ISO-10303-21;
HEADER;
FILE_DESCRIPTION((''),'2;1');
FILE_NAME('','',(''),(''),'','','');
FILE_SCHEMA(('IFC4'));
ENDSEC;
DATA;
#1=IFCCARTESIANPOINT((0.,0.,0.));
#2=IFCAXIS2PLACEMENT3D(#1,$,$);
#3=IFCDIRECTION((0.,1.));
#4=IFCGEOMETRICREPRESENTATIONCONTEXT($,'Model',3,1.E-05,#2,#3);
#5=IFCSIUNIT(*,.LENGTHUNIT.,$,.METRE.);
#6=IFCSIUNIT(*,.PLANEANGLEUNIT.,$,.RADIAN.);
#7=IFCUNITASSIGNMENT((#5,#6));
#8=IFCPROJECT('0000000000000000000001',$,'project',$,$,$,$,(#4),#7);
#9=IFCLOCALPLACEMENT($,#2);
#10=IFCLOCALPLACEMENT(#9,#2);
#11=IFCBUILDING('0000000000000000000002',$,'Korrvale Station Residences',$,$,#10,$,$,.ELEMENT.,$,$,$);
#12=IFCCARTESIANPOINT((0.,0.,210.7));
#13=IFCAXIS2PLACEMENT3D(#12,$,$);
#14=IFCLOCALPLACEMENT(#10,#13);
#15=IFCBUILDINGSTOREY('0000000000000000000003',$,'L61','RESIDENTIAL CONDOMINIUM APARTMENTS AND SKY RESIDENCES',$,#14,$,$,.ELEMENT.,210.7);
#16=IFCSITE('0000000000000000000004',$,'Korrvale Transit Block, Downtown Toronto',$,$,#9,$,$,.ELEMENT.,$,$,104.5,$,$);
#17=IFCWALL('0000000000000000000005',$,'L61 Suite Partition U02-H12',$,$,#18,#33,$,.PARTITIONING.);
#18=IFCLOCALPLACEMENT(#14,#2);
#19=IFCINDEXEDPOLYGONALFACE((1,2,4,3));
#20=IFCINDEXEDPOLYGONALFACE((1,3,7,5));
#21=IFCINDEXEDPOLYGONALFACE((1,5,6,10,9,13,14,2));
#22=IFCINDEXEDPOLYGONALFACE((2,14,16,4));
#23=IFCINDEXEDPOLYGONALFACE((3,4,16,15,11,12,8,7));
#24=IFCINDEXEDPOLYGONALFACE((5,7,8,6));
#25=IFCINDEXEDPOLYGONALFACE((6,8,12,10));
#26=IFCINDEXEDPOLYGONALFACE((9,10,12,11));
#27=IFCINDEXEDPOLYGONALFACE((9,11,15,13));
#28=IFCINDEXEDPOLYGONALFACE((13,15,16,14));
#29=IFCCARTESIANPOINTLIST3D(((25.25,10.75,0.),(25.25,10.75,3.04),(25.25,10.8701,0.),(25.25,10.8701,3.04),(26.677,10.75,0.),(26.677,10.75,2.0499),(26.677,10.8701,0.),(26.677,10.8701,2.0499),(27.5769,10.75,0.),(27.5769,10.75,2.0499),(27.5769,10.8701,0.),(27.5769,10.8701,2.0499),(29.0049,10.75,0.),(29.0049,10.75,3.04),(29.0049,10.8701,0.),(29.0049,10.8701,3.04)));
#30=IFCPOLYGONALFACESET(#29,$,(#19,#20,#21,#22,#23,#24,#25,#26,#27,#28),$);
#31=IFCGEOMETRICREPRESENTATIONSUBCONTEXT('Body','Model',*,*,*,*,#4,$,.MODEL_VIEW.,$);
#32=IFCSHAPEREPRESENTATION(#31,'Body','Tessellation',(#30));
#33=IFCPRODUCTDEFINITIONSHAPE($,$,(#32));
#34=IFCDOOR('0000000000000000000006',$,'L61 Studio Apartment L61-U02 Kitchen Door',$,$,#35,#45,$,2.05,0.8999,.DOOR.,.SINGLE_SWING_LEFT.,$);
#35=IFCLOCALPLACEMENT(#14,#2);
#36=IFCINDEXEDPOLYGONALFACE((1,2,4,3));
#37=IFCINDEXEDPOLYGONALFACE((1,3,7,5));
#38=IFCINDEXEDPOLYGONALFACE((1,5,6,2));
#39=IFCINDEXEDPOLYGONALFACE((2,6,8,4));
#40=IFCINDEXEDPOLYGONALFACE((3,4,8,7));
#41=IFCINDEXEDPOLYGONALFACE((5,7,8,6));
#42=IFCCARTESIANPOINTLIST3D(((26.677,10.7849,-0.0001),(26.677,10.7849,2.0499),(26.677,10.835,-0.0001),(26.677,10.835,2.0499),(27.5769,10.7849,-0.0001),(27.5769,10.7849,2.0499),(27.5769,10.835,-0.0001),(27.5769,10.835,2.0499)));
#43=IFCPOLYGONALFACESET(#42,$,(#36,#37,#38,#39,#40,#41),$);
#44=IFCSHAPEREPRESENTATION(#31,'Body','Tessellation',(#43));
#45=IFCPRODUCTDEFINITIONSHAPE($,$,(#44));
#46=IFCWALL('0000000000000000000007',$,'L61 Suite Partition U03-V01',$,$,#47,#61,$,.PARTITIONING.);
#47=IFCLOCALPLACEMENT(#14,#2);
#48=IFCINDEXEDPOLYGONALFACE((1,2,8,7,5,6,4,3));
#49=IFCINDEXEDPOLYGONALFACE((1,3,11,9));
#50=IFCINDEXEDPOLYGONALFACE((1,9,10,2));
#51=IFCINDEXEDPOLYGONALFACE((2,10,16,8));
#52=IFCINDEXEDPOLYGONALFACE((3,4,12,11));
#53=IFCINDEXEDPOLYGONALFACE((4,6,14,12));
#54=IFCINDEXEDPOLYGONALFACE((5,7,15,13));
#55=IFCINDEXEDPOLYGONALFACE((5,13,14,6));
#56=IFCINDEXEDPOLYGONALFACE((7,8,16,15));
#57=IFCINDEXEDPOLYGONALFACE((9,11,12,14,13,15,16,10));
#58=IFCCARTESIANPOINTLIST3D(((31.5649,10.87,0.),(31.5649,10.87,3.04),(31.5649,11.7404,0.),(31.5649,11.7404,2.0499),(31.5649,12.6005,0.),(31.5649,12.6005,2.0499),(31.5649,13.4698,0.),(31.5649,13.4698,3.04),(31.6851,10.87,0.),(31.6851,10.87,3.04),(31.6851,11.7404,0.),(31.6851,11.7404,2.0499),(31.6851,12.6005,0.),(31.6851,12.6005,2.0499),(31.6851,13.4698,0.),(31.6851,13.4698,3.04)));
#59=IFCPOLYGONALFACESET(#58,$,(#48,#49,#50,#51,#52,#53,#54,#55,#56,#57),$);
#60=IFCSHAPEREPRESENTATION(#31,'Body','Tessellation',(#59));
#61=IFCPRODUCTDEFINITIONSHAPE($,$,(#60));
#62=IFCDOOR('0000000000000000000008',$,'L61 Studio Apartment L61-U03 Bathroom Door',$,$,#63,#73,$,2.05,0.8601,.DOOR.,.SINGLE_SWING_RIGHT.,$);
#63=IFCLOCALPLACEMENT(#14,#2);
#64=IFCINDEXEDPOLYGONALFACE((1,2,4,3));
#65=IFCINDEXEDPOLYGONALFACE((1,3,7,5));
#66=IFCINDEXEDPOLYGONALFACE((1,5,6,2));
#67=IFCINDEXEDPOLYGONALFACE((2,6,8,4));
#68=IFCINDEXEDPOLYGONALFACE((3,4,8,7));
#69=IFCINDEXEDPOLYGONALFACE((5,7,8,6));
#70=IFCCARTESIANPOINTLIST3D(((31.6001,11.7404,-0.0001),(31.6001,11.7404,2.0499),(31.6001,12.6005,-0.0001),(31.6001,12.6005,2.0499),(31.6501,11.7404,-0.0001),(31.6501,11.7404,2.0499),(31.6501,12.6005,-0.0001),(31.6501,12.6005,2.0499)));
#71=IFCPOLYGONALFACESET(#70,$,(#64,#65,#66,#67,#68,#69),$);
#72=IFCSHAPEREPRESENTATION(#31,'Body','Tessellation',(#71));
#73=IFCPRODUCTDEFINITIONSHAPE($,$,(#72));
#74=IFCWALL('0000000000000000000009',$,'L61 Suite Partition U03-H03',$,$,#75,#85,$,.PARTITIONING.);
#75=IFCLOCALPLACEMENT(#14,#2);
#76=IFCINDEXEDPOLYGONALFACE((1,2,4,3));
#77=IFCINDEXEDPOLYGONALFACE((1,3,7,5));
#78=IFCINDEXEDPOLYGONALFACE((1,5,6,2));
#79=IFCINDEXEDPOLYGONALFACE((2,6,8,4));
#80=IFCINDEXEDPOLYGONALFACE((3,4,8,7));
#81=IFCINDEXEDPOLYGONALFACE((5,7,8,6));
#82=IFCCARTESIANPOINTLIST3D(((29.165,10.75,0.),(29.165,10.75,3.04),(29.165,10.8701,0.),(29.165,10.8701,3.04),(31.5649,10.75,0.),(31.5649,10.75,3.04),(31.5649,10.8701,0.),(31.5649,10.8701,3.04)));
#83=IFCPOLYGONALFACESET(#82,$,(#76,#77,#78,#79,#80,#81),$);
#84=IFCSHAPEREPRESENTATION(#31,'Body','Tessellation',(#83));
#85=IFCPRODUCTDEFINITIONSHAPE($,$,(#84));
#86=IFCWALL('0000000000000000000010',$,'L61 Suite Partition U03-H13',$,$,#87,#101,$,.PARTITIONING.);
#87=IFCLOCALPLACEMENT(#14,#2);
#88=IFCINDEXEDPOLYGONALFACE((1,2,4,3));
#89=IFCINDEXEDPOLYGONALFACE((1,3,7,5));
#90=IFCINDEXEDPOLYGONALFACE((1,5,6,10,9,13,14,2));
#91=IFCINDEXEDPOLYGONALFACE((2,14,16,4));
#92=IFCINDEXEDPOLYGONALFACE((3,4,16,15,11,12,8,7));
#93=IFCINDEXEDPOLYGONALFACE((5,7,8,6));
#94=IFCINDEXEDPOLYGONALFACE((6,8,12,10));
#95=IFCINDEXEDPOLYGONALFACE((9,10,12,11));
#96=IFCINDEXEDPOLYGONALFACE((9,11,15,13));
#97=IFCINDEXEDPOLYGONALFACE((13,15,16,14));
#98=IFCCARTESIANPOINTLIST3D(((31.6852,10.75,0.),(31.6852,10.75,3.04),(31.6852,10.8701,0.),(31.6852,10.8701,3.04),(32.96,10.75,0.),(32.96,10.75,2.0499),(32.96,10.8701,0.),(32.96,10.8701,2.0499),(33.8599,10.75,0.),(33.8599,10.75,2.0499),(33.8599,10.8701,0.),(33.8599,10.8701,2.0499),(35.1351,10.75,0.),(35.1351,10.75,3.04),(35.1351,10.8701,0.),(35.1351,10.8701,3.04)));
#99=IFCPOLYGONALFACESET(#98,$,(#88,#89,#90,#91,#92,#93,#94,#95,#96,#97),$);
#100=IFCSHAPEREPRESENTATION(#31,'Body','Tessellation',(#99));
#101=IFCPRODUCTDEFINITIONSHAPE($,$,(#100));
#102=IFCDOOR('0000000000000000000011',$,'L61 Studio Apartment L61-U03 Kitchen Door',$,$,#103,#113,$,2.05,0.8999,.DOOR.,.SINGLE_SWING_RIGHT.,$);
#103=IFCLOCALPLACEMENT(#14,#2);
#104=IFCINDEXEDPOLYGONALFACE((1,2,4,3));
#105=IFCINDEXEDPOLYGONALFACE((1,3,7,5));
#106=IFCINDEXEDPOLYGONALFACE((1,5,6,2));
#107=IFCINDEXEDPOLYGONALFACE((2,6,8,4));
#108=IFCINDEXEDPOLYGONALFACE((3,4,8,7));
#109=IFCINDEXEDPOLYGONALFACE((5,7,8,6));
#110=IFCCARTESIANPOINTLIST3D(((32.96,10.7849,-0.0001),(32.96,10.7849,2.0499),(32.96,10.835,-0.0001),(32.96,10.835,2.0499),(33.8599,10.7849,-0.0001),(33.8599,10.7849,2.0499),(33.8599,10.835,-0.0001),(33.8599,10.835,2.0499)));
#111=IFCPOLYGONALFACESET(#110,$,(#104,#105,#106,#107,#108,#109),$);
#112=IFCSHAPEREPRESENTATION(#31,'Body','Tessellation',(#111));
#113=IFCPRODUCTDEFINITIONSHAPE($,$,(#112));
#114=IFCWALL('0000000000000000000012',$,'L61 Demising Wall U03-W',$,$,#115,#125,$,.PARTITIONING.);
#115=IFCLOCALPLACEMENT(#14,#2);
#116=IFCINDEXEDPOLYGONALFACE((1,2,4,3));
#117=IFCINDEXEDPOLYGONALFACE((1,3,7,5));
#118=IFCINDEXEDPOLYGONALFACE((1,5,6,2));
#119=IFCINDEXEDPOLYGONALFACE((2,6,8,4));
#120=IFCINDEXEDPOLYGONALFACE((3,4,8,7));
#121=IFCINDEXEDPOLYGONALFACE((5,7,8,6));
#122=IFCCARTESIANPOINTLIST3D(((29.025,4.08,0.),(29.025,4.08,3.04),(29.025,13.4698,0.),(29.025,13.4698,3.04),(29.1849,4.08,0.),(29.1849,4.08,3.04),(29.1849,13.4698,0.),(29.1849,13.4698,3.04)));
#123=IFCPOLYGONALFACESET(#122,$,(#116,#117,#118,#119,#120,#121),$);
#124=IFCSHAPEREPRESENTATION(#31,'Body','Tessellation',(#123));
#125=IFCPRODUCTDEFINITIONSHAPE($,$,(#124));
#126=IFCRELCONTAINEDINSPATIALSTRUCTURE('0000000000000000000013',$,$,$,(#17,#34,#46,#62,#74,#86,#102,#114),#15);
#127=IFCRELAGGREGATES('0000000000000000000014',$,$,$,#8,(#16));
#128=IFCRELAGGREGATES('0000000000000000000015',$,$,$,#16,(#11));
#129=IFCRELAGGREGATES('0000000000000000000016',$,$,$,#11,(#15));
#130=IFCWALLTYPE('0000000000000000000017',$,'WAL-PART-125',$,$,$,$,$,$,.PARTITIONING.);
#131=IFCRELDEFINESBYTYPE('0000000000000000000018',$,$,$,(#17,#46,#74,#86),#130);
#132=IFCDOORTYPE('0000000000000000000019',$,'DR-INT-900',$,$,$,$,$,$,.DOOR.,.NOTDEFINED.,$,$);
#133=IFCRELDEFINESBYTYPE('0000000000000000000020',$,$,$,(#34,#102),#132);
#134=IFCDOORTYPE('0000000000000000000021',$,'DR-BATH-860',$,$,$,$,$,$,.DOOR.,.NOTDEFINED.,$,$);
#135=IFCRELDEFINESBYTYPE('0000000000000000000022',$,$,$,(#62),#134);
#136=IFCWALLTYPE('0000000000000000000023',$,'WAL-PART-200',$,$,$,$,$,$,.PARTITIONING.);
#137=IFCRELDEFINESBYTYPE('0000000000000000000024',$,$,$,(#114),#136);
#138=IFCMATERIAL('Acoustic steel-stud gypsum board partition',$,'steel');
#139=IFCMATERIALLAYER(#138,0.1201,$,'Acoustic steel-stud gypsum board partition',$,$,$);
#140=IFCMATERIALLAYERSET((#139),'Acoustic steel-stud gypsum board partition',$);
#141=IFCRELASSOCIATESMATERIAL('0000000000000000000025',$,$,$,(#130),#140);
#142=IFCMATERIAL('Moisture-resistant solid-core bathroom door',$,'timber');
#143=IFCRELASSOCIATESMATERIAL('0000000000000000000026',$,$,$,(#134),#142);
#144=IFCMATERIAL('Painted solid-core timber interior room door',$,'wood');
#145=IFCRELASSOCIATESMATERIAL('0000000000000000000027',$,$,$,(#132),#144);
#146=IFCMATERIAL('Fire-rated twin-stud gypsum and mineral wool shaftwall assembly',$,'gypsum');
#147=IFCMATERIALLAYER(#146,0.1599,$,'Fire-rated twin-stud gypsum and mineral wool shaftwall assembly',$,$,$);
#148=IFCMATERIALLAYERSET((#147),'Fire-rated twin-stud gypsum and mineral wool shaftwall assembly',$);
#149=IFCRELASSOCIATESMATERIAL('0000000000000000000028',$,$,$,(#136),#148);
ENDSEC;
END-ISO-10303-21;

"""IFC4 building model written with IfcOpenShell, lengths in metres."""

from ifc_helpers import new_model, si_unit, direction, frame, frame_2d, origin, place, context, subcontext, project, spatial, rectangle, extrude, material, layer, layer_set, type_object, element, fill, save


model = new_model("IFC4")

# Units and contexts
model_context = context("Model", 3, precision=1e-05, world=origin(), true_north=direction((0.0, 1.0)))
body_context = subcontext(model_context, "Body", "Model", "MODEL_VIEW")
ifc_project = project(units=[si_unit("LENGTHUNIT", "METRE"), si_unit("PLANEANGLEUNIT", "RADIAN")], contexts=[model_context])

# Site, building, storey
site_placement = place(None, origin())
site = spatial("IfcSite", under=ifc_project, at=site_placement, Name="Korrvale Transit Block, Downtown Toronto", CompositionType="ELEMENT", RefElevation=104.5)
building_placement = place(site_placement, origin())
building = spatial("IfcBuilding", under=site, at=building_placement, Name="Korrvale Station Residences", CompositionType="ELEMENT")
storey_placement = place(building_placement, frame((0.0, 0.0, 210.7)))
storey = spatial("IfcBuildingStorey", under=building, at=storey_placement, Name="L61", Description="RESIDENTIAL CONDOMINIUM APARTMENTS AND SKY RESIDENCES", CompositionType="ELEMENT", Elevation=210.7)

# Walls, openings, doors
ifc_material_1 = material(Name="Acoustic steel-stud gypsum board partition", Category="steel")
ifc_layer_1 = layer(ifc_material_1, 0.1201, Name="Acoustic steel-stud gypsum board partition")
ifc_layer_set_1 = layer_set([ifc_layer_1], Name="Acoustic steel-stud gypsum board partition")
wall_type_1 = type_object("IfcWallType", Name="WAL-PART-125", PredefinedType="PARTITIONING", material=ifc_layer_set_1)
ifc_material_2 = material(Name="Moisture-resistant solid-core bathroom door", Category="timber")
door_type_1 = type_object("IfcDoorType", Name="DR-BATH-860", OperationType="NOTDEFINED", PredefinedType="DOOR", material=ifc_material_2)
wall_1_placement = place(storey_placement, frame((25.25, 10.8101, 0.0), z_axis=(0.0, 0.0, 1.0), x_axis=(1.0, 0.0, 0.0)))
wall_1 = element("IfcWall", 1, at=wall_1_placement, inside=storey, type_object=wall_type_1, Name="L61 Suite Partition U02-H12", PredefinedType="PARTITIONING", context=body_context, shape_type="SweptSolid", body=[
    extrude(rectangle(XDim=3.7549, YDim=0.1201, at=frame_2d((1.8774, 0.0))), origin(), (0.0, 0.0, 1.0), 3.04),
])
opening_1_placement = place(wall_1_placement, frame((1.427, 0.0, 0.0)))
opening_1 = element("IfcOpeningElement", 2, at=opening_1_placement, cuts=wall_1, PredefinedType="OPENING", context=body_context, shape_type="SweptSolid", body=[
    extrude(rectangle(XDim=0.8999, YDim=2.05, at=frame_2d((0.45, 1.0249))), frame((0.0, 0.0701, 0.0), z_axis=(0.0, -1.0, 0.0), x_axis=(1.0, 0.0, 0.0)), (0.0, 0.0, 1.0), 0.1401),
])
ifc_material_3 = material(Name="Painted solid-core timber interior room door", Category="wood")
door_type_2 = type_object("IfcDoorType", Name="DR-INT-900", OperationType="NOTDEFINED", PredefinedType="DOOR", material=ifc_material_3)
door_1_placement = place(opening_1_placement, origin())
door_1 = element("IfcDoor", 3, at=door_1_placement, inside=storey, type_object=door_type_2, Name="L61 Studio Apartment L61-U02 Kitchen Door", OperationType="SINGLE_SWING_LEFT", OverallHeight=2.05, OverallWidth=0.8999, PredefinedType="DOOR", context=body_context, shape_type="SweptSolid", body=[
    extrude(rectangle(XDim=0.8999, YDim=2.05, at=frame_2d((0.45, 1.0249))), frame((0.0, 0.0249, 0.0), z_axis=(0.0, -1.0, 0.0), x_axis=(1.0, 0.0, 0.0)), (0.0, 0.0, 1.0), 0.05),
])
fill(opening_1, door_1)
wall_2_placement = place(storey_placement, frame((31.625, 10.8701, 0.0), z_axis=(0.0, 0.0, 1.0), x_axis=(0.0, 1.0, 0.0)))
wall_2 = element("IfcWall", 4, at=wall_2_placement, inside=storey, type_object=wall_type_1, Name="L61 Suite Partition U03-V01", PredefinedType="PARTITIONING", context=body_context, shape_type="SweptSolid", body=[
    extrude(rectangle(XDim=2.5999, YDim=0.1201, at=frame_2d((1.2998, 0.0))), origin(), (0.0, 0.0, 1.0), 3.04),
])
opening_2_placement = place(wall_2_placement, frame((0.8701, 0.0, 0.0)))
opening_2 = element("IfcOpeningElement", 5, at=opening_2_placement, cuts=wall_2, PredefinedType="OPENING", context=body_context, shape_type="SweptSolid", body=[
    extrude(rectangle(XDim=0.8601, YDim=2.05, at=frame_2d((0.4302, 1.0249))), frame((0.0, 0.0701, 0.0), z_axis=(0.0, -1.0, 0.0), x_axis=(1.0, 0.0, 0.0)), (0.0, 0.0, 1.0), 0.1401),
])
door_2_placement = place(opening_2_placement, origin())
door_2 = element("IfcDoor", 6, at=door_2_placement, inside=storey, type_object=door_type_1, Name="L61 Studio Apartment L61-U03 Bathroom Door", OperationType="SINGLE_SWING_RIGHT", OverallHeight=2.05, OverallWidth=0.8601, PredefinedType="DOOR", context=body_context, shape_type="SweptSolid", body=[
    extrude(rectangle(XDim=0.8601, YDim=2.05, at=frame_2d((0.4302, 1.0249))), frame((0.0, 0.0249, 0.0), z_axis=(0.0, -1.0, 0.0), x_axis=(1.0, 0.0, 0.0)), (0.0, 0.0, 1.0), 0.05),
])
fill(opening_2, door_2)

# Wall
wall_3_placement = place(storey_placement, frame((29.165, 10.8101, 0.0), z_axis=(0.0, 0.0, 1.0), x_axis=(1.0, 0.0, 0.0)))
element("IfcWall", 7, at=wall_3_placement, inside=storey, type_object=wall_type_1, Name="L61 Suite Partition U03-H03", PredefinedType="PARTITIONING", context=body_context, shape_type="SweptSolid", body=[
    extrude(rectangle(XDim=2.3999, YDim=0.1201, at=frame_2d((1.2, 0.0))), origin(), (0.0, 0.0, 1.0), 3.04),
])

# Wall, opening, door
wall_4_placement = place(storey_placement, frame((31.6851, 10.8101, 0.0), z_axis=(0.0, 0.0, 1.0), x_axis=(1.0, 0.0, 0.0)))
wall_4 = element("IfcWall", 8, at=wall_4_placement, inside=storey, type_object=wall_type_1, Name="L61 Suite Partition U03-H13", PredefinedType="PARTITIONING", context=body_context, shape_type="SweptSolid", body=[
    extrude(rectangle(XDim=3.45, YDim=0.1201, at=frame_2d((1.7251, 0.0))), origin(), (0.0, 0.0, 1.0), 3.04),
])
opening_3_placement = place(wall_4_placement, frame((1.2749, 0.0, 0.0)))
opening_3 = element("IfcOpeningElement", 9, at=opening_3_placement, cuts=wall_4, PredefinedType="OPENING", context=body_context, shape_type="SweptSolid", body=[
    extrude(rectangle(XDim=0.8999, YDim=2.05, at=frame_2d((0.45, 1.0249))), frame((0.0, 0.0701, 0.0), z_axis=(0.0, -1.0, 0.0), x_axis=(1.0, 0.0, 0.0)), (0.0, 0.0, 1.0), 0.1401),
])
door_3_placement = place(opening_3_placement, origin())
door_3 = element("IfcDoor", 10, at=door_3_placement, inside=storey, type_object=door_type_2, Name="L61 Studio Apartment L61-U03 Kitchen Door", OperationType="SINGLE_SWING_RIGHT", OverallHeight=2.05, OverallWidth=0.8999, PredefinedType="DOOR", context=body_context, shape_type="SweptSolid", body=[
    extrude(rectangle(XDim=0.8999, YDim=2.05, at=frame_2d((0.45, 1.0249))), frame((0.0, 0.0249, 0.0), z_axis=(0.0, -1.0, 0.0), x_axis=(1.0, 0.0, 0.0)), (0.0, 0.0, 1.0), 0.05),
])
fill(opening_3, door_3)

# Wall
ifc_material_4 = material(Name="Fire-rated twin-stud gypsum and mineral wool shaftwall assembly", Category="gypsum")
ifc_layer_2 = layer(ifc_material_4, 0.1599, Name="Fire-rated twin-stud gypsum and mineral wool shaftwall assembly")
ifc_layer_set_2 = layer_set([ifc_layer_2], Name="Fire-rated twin-stud gypsum and mineral wool shaftwall assembly")
wall_type_2 = type_object("IfcWallType", Name="WAL-PART-200", PredefinedType="PARTITIONING", material=ifc_layer_set_2)
wall_5_placement = place(storey_placement, frame((29.105, 4.0801, 0.0), z_axis=(0.0, 0.0, 1.0), x_axis=(0.0, 1.0, 0.0)))
element("IfcWall", 11, at=wall_5_placement, inside=storey, type_object=wall_type_2, Name="L61 Demising Wall U03-W", PredefinedType="PARTITIONING", context=body_context, shape_type="SweptSolid", body=[
    extrude(rectangle(XDim=9.3899, YDim=0.1599, at=frame_2d((4.6948, 0.0))), origin(), (0.0, 0.0, 1.0), 3.04),
])

save(model, "model.ifc")
